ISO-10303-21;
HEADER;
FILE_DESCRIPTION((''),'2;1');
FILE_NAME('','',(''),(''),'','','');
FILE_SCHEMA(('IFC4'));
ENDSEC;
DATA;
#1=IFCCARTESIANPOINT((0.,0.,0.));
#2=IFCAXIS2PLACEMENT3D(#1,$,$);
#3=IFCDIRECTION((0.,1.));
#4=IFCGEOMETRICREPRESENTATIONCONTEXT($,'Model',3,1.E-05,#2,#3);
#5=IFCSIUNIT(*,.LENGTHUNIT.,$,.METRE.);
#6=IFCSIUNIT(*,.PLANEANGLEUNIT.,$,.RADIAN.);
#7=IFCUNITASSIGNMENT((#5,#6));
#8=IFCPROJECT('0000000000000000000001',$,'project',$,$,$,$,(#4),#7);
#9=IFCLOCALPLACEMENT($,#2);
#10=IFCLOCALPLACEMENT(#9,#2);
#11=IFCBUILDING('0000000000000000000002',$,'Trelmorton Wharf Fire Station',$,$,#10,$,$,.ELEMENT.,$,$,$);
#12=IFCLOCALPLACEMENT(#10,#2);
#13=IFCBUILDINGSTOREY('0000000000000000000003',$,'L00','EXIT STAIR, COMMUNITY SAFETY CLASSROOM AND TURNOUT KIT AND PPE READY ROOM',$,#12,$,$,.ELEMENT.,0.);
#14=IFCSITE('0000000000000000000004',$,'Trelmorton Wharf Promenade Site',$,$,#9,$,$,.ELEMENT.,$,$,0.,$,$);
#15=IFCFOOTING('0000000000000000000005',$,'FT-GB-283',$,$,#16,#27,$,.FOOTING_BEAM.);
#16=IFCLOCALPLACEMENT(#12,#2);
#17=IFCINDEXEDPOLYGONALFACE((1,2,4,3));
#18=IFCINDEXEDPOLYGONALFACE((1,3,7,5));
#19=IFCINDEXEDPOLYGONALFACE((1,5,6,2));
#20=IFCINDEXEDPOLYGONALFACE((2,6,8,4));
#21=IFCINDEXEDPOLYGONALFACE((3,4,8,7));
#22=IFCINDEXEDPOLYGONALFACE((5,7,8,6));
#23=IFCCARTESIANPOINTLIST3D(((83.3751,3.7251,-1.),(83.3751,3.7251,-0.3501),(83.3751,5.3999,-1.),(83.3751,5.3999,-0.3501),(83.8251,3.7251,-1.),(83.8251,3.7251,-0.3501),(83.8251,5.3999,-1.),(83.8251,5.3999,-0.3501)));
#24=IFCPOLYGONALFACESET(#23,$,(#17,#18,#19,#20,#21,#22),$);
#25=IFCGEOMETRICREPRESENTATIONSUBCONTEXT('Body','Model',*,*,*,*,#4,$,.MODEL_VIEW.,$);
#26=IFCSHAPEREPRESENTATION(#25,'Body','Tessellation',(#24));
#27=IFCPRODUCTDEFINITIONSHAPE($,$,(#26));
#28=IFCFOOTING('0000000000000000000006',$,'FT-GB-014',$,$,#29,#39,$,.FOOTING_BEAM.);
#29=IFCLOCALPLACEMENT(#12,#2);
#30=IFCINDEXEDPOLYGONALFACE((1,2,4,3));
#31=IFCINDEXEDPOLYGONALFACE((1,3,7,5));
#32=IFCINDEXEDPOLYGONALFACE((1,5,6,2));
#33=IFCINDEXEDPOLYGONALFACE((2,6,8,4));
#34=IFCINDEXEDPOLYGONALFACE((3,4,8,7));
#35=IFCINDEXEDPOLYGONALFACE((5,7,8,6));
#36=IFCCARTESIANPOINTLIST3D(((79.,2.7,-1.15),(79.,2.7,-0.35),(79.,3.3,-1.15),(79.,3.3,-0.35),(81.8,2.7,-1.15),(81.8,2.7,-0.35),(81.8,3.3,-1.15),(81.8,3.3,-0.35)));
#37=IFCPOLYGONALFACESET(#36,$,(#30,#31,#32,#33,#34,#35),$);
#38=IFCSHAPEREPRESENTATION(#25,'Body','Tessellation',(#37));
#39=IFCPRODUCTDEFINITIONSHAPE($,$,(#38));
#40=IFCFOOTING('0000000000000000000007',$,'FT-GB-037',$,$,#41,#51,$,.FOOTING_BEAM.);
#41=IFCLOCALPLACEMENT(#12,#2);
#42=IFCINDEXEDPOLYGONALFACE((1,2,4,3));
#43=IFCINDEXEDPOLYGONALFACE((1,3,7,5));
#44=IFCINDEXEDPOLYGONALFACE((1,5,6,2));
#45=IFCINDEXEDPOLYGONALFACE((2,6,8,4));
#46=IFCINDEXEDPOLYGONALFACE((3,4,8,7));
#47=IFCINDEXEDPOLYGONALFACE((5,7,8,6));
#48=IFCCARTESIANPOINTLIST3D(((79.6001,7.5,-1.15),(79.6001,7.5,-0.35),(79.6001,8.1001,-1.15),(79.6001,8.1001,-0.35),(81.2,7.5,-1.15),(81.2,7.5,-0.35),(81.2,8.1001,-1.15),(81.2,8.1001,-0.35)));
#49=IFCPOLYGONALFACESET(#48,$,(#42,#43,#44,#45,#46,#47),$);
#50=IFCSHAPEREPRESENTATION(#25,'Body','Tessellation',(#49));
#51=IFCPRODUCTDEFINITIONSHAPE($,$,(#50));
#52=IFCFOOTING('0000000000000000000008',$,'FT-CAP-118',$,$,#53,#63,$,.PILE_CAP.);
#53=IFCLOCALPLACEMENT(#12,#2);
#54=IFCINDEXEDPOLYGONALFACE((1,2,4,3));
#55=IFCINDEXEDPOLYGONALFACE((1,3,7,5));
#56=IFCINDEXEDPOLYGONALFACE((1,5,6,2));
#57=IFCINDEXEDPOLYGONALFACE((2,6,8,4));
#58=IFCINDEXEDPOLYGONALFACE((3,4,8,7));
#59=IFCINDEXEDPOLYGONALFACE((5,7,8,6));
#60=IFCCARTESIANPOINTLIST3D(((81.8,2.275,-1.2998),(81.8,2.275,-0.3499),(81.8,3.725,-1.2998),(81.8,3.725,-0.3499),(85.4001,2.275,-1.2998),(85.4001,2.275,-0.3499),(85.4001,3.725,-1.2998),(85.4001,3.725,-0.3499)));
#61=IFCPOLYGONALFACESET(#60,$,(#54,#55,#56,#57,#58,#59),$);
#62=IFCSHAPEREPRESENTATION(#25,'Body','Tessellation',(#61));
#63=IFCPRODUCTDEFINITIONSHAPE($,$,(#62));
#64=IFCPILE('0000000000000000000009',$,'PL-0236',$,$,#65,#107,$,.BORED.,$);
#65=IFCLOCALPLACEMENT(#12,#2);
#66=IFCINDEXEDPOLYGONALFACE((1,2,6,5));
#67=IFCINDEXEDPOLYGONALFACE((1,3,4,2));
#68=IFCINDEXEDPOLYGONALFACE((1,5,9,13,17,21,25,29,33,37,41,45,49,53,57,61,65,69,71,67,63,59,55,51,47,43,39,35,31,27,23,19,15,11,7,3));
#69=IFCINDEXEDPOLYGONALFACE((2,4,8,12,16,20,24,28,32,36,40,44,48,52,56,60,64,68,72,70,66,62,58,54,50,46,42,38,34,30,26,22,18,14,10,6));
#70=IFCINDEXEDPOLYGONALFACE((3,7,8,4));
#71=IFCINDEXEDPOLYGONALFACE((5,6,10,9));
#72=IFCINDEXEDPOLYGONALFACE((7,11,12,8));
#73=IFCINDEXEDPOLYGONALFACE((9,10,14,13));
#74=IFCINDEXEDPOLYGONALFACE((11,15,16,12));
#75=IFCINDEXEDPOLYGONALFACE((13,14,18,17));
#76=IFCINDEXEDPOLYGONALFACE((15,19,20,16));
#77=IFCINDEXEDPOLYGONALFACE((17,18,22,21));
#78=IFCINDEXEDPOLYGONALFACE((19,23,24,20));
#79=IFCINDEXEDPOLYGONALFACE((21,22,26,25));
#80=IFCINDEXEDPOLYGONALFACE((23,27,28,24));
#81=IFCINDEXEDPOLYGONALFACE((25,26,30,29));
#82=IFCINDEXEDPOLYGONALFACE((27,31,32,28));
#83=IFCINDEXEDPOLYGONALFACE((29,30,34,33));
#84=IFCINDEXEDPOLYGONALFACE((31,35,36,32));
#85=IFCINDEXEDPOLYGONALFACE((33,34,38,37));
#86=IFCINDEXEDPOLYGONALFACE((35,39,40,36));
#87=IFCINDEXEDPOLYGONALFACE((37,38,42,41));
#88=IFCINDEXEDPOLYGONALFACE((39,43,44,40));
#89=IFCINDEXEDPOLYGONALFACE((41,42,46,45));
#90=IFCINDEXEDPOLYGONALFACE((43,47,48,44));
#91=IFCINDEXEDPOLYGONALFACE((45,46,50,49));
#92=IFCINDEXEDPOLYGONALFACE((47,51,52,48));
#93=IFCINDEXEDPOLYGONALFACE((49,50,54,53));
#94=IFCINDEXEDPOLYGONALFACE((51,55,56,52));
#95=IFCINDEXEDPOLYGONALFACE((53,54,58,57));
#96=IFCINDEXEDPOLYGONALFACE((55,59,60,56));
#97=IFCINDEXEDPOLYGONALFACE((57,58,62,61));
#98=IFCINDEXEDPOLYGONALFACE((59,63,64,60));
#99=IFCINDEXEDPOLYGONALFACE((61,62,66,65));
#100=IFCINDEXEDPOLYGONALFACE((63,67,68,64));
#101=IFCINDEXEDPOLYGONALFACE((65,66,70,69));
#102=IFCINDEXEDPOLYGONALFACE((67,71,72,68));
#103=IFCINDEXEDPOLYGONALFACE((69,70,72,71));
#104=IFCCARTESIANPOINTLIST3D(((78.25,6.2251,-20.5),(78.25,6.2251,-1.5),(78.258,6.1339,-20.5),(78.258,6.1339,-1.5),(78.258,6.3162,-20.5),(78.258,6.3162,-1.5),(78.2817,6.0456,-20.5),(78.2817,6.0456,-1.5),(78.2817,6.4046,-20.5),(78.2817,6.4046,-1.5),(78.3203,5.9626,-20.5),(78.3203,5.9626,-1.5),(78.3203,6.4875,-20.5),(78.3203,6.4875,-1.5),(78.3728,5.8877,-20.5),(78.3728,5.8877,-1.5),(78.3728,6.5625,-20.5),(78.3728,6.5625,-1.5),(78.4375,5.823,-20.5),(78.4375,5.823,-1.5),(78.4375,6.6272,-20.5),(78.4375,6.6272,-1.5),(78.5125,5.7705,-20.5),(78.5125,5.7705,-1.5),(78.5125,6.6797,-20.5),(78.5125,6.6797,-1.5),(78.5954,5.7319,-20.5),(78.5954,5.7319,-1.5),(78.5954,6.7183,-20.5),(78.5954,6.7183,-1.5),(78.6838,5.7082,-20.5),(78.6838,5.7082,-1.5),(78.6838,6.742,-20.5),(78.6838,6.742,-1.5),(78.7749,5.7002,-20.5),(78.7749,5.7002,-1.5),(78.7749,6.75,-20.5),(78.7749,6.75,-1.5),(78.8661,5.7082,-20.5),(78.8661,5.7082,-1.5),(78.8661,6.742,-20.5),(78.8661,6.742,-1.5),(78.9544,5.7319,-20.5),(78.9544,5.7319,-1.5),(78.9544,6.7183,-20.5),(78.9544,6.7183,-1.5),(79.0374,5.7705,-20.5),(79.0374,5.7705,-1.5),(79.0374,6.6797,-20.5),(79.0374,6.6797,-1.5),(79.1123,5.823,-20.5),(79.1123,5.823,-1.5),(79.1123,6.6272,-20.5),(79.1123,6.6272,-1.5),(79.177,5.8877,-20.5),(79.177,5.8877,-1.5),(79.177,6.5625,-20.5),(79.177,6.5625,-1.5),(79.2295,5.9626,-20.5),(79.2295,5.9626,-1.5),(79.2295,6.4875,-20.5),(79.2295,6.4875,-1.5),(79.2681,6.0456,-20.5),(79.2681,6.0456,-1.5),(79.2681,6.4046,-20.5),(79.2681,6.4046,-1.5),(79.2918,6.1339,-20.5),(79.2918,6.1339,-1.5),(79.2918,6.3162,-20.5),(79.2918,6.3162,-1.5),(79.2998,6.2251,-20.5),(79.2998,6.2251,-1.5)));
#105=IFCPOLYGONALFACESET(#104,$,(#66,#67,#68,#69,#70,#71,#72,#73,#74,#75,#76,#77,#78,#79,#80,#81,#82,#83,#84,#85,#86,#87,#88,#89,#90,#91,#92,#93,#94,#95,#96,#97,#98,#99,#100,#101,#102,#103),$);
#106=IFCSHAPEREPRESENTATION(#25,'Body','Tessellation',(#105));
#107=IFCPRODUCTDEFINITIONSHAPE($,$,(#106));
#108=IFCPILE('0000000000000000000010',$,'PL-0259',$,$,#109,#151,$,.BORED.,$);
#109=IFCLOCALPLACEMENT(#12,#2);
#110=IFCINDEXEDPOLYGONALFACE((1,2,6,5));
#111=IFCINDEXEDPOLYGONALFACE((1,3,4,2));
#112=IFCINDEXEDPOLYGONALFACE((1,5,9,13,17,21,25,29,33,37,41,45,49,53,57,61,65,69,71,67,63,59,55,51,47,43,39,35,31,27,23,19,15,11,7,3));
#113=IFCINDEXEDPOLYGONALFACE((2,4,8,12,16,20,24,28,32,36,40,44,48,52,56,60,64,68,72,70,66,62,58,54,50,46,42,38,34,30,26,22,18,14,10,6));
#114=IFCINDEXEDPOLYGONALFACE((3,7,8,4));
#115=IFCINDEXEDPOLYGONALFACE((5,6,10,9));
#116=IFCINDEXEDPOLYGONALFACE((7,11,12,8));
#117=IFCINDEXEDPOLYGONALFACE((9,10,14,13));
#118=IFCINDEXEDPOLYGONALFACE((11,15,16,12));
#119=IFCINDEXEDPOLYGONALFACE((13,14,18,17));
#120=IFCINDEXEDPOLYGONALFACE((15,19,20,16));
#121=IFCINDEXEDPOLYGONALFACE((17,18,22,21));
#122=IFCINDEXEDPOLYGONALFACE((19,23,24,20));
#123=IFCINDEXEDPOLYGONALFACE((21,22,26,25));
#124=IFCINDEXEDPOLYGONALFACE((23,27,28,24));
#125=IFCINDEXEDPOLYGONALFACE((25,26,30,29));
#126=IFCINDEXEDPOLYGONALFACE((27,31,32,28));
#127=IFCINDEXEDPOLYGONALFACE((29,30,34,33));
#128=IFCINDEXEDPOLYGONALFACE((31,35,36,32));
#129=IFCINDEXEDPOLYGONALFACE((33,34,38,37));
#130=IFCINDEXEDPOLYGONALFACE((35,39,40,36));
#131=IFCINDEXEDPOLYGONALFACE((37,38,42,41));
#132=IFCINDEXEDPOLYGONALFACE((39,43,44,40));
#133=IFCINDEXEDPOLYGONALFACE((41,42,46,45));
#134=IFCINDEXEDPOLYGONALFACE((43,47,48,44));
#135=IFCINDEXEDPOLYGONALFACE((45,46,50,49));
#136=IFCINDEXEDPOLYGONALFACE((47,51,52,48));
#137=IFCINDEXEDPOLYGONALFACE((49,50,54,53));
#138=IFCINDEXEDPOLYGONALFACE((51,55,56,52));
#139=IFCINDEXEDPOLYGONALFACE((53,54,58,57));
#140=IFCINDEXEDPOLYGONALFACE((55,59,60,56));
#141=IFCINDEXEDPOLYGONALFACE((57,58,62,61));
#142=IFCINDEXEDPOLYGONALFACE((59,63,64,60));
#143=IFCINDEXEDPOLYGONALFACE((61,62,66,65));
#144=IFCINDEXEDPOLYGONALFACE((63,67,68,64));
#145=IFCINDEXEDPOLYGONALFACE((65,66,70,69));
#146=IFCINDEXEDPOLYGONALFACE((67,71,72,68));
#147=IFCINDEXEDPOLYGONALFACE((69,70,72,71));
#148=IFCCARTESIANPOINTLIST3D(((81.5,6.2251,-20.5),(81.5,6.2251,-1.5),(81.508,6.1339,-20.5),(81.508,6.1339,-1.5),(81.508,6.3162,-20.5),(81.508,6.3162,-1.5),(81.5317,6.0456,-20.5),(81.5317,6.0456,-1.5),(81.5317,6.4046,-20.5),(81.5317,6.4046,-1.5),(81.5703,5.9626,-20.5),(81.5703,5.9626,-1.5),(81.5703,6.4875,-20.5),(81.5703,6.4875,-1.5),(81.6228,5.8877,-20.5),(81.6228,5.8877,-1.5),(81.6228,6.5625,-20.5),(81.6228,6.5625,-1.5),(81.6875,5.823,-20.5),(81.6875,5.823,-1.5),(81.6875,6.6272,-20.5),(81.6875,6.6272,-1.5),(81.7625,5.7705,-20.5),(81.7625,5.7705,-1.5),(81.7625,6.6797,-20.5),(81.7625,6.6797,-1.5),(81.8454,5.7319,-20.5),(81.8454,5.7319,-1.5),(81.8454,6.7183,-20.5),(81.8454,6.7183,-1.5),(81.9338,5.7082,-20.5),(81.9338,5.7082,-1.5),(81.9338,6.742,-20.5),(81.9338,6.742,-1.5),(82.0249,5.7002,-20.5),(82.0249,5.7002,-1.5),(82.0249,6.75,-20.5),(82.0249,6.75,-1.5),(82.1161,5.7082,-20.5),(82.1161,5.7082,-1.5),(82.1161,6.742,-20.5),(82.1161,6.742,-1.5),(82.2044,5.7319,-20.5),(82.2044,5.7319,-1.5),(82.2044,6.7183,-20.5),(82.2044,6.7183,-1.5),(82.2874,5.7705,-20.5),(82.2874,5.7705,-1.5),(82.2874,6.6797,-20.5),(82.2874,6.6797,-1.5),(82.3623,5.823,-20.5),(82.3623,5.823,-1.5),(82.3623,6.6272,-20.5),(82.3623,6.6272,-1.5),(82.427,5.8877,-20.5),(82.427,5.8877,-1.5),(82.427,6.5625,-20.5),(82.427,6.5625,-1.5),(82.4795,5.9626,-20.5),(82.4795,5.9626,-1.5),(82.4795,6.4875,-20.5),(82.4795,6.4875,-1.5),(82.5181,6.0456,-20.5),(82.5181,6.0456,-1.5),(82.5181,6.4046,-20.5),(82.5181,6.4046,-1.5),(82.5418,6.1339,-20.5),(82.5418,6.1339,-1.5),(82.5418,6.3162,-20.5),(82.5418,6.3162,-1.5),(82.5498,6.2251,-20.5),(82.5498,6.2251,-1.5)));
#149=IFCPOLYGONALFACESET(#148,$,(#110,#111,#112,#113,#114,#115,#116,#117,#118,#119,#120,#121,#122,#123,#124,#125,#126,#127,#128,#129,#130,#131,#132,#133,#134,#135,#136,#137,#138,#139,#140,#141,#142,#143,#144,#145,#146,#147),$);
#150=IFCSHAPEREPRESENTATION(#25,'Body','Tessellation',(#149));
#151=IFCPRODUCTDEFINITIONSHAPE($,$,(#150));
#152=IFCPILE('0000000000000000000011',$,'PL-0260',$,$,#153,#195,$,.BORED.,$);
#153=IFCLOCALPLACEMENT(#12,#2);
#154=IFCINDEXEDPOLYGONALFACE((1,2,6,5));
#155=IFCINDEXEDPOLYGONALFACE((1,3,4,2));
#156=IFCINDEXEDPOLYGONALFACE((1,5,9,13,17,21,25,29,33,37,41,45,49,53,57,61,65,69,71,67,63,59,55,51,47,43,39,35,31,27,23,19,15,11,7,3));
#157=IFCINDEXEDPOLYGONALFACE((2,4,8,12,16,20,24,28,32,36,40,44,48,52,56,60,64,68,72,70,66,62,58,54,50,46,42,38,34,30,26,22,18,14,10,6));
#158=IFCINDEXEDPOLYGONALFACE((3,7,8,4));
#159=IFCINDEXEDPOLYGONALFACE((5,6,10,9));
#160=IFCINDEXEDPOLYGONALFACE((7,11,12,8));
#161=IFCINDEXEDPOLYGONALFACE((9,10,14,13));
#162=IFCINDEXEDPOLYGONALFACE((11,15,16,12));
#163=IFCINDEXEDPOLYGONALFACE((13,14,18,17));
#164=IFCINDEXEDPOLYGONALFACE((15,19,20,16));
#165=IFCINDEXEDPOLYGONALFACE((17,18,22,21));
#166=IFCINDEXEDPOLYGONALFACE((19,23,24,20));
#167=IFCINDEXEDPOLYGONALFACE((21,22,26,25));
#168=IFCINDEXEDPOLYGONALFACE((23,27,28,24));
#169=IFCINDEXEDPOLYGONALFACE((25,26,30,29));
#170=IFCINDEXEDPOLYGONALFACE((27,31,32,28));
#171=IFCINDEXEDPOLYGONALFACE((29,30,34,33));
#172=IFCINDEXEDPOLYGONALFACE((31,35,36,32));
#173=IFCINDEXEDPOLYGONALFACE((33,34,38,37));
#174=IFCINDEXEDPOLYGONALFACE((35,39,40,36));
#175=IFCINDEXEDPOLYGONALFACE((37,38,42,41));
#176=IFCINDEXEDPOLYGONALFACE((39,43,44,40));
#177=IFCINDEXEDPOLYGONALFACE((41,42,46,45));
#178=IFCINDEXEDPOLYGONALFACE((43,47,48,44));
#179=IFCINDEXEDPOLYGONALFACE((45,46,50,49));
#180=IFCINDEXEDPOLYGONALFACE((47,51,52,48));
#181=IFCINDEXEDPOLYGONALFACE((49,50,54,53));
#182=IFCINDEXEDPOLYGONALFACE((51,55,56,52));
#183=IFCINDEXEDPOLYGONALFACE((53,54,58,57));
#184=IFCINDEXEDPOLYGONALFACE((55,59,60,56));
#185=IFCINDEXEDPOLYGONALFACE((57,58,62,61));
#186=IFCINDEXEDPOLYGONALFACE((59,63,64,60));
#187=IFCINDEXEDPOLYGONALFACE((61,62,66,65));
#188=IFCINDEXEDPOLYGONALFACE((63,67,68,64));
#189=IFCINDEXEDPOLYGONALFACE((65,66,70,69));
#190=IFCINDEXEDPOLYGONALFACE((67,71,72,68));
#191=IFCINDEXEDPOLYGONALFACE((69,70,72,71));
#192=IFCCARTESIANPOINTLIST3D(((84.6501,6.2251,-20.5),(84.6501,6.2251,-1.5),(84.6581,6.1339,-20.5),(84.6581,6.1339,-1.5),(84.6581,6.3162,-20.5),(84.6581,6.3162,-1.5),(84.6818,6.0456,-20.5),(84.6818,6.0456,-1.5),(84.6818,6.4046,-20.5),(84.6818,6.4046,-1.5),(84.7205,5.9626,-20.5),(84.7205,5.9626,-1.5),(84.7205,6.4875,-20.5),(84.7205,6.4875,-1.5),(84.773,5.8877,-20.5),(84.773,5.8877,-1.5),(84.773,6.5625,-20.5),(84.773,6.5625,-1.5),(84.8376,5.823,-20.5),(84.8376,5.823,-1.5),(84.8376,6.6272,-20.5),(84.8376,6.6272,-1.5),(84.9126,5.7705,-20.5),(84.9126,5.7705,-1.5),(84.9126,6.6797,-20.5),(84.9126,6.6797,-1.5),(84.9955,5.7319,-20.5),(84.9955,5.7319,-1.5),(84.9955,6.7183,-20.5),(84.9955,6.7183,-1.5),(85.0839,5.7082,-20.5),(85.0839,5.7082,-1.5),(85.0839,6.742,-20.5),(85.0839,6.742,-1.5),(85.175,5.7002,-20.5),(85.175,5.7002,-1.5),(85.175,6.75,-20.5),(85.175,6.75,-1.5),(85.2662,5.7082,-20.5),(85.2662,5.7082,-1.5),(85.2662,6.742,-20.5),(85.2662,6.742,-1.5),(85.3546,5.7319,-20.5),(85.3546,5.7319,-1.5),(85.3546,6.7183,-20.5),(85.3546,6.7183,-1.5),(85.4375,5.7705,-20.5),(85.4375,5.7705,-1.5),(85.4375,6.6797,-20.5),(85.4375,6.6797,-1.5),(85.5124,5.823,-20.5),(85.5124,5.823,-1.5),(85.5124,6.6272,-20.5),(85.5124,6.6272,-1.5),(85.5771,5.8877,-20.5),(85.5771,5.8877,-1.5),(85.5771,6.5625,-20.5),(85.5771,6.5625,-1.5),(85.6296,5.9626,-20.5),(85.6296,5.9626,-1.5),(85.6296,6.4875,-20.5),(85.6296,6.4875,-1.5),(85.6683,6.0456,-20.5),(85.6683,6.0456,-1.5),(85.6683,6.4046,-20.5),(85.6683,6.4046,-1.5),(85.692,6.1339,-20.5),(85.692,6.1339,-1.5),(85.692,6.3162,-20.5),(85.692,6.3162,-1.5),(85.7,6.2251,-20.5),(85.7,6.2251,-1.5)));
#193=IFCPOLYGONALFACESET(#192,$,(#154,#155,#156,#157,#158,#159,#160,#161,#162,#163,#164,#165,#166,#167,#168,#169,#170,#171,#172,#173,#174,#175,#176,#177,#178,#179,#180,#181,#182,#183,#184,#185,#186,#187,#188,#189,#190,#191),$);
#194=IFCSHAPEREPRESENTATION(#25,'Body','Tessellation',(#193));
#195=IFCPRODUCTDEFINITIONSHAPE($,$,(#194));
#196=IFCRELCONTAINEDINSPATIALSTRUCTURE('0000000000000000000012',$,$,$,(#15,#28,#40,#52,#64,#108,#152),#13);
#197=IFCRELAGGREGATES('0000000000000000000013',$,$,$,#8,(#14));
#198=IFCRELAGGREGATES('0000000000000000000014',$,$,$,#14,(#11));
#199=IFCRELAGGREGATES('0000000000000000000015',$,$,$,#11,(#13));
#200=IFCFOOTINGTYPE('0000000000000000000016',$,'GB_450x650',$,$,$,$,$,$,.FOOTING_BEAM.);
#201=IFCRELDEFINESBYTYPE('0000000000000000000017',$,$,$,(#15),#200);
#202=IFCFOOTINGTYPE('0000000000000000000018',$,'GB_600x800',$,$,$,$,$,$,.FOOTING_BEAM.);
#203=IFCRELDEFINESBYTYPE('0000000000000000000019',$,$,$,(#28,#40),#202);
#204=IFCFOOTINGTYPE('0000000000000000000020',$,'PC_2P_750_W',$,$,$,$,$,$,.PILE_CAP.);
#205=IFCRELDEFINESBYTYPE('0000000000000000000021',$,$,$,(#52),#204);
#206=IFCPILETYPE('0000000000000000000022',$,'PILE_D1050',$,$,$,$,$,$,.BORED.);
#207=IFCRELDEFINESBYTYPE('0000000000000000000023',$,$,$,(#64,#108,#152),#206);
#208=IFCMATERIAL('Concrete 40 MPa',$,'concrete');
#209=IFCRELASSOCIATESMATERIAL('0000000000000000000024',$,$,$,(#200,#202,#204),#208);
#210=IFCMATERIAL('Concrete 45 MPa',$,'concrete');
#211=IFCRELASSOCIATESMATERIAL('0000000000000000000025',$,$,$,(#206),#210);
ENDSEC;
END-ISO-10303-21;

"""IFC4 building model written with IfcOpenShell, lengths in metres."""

from ifc_helpers import new_model, si_unit, direction, frame, origin, origin_2d, place, context, subcontext, project, spatial, rectangle, circle, extrude, material, material_profile, profile_set, type_object, element, save


model = new_model("IFC4")

# Units and contexts
model_context = context("Model", 3, precision=1e-05, world=origin(), true_north=direction((0.0, 1.0)))
body_context = subcontext(model_context, "Body", "Model", "MODEL_VIEW")
ifc_project = project(units=[si_unit("LENGTHUNIT", "METRE"), si_unit("PLANEANGLEUNIT", "RADIAN")], contexts=[model_context])

# Site, building, storey
site_placement = place(None, origin())
site = spatial("IfcSite", under=ifc_project, at=site_placement, Name="Trelmorton Wharf Promenade Site", CompositionType="ELEMENT", RefElevation=0.0)
building_placement = place(site_placement, origin())
building = spatial("IfcBuilding", under=site, at=building_placement, Name="Trelmorton Wharf Fire Station", CompositionType="ELEMENT")
storey_placement = place(building_placement, origin())
storey = spatial("IfcBuildingStorey", under=building, at=storey_placement, Name="L00", Description="EXIT STAIR, COMMUNITY SAFETY CLASSROOM AND TURNOUT KIT AND PPE READY ROOM", CompositionType="ELEMENT", Elevation=0.0)

# Footings
ifc_material_1 = material(Name="Concrete 40 MPa", Category="concrete")
ifc_material_profile_1 = material_profile(ifc_material_1, rectangle(XDim=0.45, YDim=0.6499, at=origin_2d()), Name="RC450x650")
ifc_profile_set_1 = profile_set([ifc_material_profile_1], Name="Concrete 40 MPa")
footing_type_1 = type_object("IfcFootingType", Name="GB_450x650", PredefinedType="FOOTING_BEAM", material=ifc_profile_set_1)
footing_1_placement = place(storey_placement, frame((83.6001, 3.7251, -0.675), z_axis=(0.0, 1.0, 0.0), x_axis=(-1.0, 0.0, 0.0)))
element("IfcFooting", 1, at=footing_1_placement, inside=storey, type_object=footing_type_1, Name="FT-GB-283", PredefinedType="FOOTING_BEAM", context=body_context, shape_type="SweptSolid", body=[
    extrude(rectangle(XDim=0.45, YDim=0.6499, at=origin_2d()), origin(), (0.0, 0.0, 1.0), 1.6748),
])
ifc_material_profile_2 = material_profile(ifc_material_1, rectangle(XDim=0.6001, YDim=0.8, at=origin_2d()), Name="RC600x800")
ifc_profile_set_2 = profile_set([ifc_material_profile_2], Name="Concrete 40 MPa")
footing_type_2 = type_object("IfcFootingType", Name="GB_600x800", PredefinedType="FOOTING_BEAM", material=ifc_profile_set_2)
footing_2_placement = place(storey_placement, frame((79.0, 3.0, -0.75), z_axis=(1.0, 0.0, 0.0), x_axis=(0.0, 1.0, 0.0)))
element("IfcFooting", 2, at=footing_2_placement, inside=storey, type_object=footing_type_2, Name="FT-GB-014", PredefinedType="FOOTING_BEAM", context=body_context, shape_type="SweptSolid", body=[
    extrude(rectangle(XDim=0.6001, YDim=0.8, at=origin_2d()), origin(), (0.0, 0.0, 1.0), 2.8),
])
footing_3_placement = place(storey_placement, frame((79.6001, 7.8, -0.75), z_axis=(1.0, 0.0, 0.0), x_axis=(0.0, 1.0, 0.0)))
element("IfcFooting", 3, at=footing_3_placement, inside=storey, type_object=footing_type_2, Name="FT-GB-037", PredefinedType="FOOTING_BEAM", context=body_context, shape_type="SweptSolid", body=[
    extrude(rectangle(XDim=0.6001, YDim=0.8, at=origin_2d()), origin(), (0.0, 0.0, 1.0), 1.5999),
])
footing_type_3 = type_object("IfcFootingType", Name="PC_2P_750_W", PredefinedType="PILE_CAP", material=ifc_material_1)
footing_4_placement = place(storey_placement, frame((83.6001, 3.0, -1.2998), z_axis=(0.0, 0.0, 1.0), x_axis=(1.0, 0.0, 0.0)))
element("IfcFooting", 4, at=footing_4_placement, inside=storey, type_object=footing_type_3, Name="FT-CAP-118", PredefinedType="PILE_CAP", context=body_context, shape_type="SweptSolid", body=[
    extrude(rectangle(XDim=3.6001, YDim=1.45, at=origin_2d()), origin(), (0.0, 0.0, 1.0), 0.95),
])

# Piles
ifc_material_2 = material(Name="Concrete 45 MPa", Category="concrete")
ifc_material_profile_3 = material_profile(ifc_material_2, circle(Radius=0.5249, at=origin_2d()), Name="PILE-D1050")
ifc_profile_set_3 = profile_set([ifc_material_profile_3], Name="Concrete 45 MPa")
pile_type_1 = type_object("IfcPileType", Name="PILE_D1050", PredefinedType="BORED", material=ifc_profile_set_3)
for number, where, z_axis, x_axis, name in (
    (5, (78.7749, 6.2251, -1.5), (0.0, 0.0, -1.0), (1.0, 0.0, 0.0), "PL-0236"),
    (6, (82.0249, 6.2251, -1.5), (0.0, 0.0, -1.0), (1.0, 0.0, 0.0), "PL-0259"),
    (7, (85.175, 6.2251, -1.5), (0.0, 0.0, -1.0), (1.0, 0.0, 0.0), "PL-0260"),
):
    element("IfcPile", number, at=place(storey_placement, frame(where, z_axis=z_axis, x_axis=x_axis)), inside=storey, type_object=pile_type_1, Name=name, PredefinedType="BORED", context=body_context, shape_type="SweptSolid", body=[
        extrude(circle(Radius=0.5249, at=origin_2d()), origin(), (0.0, 0.0, 1.0), 19.0),
    ])

save(model, "model.ifc")
